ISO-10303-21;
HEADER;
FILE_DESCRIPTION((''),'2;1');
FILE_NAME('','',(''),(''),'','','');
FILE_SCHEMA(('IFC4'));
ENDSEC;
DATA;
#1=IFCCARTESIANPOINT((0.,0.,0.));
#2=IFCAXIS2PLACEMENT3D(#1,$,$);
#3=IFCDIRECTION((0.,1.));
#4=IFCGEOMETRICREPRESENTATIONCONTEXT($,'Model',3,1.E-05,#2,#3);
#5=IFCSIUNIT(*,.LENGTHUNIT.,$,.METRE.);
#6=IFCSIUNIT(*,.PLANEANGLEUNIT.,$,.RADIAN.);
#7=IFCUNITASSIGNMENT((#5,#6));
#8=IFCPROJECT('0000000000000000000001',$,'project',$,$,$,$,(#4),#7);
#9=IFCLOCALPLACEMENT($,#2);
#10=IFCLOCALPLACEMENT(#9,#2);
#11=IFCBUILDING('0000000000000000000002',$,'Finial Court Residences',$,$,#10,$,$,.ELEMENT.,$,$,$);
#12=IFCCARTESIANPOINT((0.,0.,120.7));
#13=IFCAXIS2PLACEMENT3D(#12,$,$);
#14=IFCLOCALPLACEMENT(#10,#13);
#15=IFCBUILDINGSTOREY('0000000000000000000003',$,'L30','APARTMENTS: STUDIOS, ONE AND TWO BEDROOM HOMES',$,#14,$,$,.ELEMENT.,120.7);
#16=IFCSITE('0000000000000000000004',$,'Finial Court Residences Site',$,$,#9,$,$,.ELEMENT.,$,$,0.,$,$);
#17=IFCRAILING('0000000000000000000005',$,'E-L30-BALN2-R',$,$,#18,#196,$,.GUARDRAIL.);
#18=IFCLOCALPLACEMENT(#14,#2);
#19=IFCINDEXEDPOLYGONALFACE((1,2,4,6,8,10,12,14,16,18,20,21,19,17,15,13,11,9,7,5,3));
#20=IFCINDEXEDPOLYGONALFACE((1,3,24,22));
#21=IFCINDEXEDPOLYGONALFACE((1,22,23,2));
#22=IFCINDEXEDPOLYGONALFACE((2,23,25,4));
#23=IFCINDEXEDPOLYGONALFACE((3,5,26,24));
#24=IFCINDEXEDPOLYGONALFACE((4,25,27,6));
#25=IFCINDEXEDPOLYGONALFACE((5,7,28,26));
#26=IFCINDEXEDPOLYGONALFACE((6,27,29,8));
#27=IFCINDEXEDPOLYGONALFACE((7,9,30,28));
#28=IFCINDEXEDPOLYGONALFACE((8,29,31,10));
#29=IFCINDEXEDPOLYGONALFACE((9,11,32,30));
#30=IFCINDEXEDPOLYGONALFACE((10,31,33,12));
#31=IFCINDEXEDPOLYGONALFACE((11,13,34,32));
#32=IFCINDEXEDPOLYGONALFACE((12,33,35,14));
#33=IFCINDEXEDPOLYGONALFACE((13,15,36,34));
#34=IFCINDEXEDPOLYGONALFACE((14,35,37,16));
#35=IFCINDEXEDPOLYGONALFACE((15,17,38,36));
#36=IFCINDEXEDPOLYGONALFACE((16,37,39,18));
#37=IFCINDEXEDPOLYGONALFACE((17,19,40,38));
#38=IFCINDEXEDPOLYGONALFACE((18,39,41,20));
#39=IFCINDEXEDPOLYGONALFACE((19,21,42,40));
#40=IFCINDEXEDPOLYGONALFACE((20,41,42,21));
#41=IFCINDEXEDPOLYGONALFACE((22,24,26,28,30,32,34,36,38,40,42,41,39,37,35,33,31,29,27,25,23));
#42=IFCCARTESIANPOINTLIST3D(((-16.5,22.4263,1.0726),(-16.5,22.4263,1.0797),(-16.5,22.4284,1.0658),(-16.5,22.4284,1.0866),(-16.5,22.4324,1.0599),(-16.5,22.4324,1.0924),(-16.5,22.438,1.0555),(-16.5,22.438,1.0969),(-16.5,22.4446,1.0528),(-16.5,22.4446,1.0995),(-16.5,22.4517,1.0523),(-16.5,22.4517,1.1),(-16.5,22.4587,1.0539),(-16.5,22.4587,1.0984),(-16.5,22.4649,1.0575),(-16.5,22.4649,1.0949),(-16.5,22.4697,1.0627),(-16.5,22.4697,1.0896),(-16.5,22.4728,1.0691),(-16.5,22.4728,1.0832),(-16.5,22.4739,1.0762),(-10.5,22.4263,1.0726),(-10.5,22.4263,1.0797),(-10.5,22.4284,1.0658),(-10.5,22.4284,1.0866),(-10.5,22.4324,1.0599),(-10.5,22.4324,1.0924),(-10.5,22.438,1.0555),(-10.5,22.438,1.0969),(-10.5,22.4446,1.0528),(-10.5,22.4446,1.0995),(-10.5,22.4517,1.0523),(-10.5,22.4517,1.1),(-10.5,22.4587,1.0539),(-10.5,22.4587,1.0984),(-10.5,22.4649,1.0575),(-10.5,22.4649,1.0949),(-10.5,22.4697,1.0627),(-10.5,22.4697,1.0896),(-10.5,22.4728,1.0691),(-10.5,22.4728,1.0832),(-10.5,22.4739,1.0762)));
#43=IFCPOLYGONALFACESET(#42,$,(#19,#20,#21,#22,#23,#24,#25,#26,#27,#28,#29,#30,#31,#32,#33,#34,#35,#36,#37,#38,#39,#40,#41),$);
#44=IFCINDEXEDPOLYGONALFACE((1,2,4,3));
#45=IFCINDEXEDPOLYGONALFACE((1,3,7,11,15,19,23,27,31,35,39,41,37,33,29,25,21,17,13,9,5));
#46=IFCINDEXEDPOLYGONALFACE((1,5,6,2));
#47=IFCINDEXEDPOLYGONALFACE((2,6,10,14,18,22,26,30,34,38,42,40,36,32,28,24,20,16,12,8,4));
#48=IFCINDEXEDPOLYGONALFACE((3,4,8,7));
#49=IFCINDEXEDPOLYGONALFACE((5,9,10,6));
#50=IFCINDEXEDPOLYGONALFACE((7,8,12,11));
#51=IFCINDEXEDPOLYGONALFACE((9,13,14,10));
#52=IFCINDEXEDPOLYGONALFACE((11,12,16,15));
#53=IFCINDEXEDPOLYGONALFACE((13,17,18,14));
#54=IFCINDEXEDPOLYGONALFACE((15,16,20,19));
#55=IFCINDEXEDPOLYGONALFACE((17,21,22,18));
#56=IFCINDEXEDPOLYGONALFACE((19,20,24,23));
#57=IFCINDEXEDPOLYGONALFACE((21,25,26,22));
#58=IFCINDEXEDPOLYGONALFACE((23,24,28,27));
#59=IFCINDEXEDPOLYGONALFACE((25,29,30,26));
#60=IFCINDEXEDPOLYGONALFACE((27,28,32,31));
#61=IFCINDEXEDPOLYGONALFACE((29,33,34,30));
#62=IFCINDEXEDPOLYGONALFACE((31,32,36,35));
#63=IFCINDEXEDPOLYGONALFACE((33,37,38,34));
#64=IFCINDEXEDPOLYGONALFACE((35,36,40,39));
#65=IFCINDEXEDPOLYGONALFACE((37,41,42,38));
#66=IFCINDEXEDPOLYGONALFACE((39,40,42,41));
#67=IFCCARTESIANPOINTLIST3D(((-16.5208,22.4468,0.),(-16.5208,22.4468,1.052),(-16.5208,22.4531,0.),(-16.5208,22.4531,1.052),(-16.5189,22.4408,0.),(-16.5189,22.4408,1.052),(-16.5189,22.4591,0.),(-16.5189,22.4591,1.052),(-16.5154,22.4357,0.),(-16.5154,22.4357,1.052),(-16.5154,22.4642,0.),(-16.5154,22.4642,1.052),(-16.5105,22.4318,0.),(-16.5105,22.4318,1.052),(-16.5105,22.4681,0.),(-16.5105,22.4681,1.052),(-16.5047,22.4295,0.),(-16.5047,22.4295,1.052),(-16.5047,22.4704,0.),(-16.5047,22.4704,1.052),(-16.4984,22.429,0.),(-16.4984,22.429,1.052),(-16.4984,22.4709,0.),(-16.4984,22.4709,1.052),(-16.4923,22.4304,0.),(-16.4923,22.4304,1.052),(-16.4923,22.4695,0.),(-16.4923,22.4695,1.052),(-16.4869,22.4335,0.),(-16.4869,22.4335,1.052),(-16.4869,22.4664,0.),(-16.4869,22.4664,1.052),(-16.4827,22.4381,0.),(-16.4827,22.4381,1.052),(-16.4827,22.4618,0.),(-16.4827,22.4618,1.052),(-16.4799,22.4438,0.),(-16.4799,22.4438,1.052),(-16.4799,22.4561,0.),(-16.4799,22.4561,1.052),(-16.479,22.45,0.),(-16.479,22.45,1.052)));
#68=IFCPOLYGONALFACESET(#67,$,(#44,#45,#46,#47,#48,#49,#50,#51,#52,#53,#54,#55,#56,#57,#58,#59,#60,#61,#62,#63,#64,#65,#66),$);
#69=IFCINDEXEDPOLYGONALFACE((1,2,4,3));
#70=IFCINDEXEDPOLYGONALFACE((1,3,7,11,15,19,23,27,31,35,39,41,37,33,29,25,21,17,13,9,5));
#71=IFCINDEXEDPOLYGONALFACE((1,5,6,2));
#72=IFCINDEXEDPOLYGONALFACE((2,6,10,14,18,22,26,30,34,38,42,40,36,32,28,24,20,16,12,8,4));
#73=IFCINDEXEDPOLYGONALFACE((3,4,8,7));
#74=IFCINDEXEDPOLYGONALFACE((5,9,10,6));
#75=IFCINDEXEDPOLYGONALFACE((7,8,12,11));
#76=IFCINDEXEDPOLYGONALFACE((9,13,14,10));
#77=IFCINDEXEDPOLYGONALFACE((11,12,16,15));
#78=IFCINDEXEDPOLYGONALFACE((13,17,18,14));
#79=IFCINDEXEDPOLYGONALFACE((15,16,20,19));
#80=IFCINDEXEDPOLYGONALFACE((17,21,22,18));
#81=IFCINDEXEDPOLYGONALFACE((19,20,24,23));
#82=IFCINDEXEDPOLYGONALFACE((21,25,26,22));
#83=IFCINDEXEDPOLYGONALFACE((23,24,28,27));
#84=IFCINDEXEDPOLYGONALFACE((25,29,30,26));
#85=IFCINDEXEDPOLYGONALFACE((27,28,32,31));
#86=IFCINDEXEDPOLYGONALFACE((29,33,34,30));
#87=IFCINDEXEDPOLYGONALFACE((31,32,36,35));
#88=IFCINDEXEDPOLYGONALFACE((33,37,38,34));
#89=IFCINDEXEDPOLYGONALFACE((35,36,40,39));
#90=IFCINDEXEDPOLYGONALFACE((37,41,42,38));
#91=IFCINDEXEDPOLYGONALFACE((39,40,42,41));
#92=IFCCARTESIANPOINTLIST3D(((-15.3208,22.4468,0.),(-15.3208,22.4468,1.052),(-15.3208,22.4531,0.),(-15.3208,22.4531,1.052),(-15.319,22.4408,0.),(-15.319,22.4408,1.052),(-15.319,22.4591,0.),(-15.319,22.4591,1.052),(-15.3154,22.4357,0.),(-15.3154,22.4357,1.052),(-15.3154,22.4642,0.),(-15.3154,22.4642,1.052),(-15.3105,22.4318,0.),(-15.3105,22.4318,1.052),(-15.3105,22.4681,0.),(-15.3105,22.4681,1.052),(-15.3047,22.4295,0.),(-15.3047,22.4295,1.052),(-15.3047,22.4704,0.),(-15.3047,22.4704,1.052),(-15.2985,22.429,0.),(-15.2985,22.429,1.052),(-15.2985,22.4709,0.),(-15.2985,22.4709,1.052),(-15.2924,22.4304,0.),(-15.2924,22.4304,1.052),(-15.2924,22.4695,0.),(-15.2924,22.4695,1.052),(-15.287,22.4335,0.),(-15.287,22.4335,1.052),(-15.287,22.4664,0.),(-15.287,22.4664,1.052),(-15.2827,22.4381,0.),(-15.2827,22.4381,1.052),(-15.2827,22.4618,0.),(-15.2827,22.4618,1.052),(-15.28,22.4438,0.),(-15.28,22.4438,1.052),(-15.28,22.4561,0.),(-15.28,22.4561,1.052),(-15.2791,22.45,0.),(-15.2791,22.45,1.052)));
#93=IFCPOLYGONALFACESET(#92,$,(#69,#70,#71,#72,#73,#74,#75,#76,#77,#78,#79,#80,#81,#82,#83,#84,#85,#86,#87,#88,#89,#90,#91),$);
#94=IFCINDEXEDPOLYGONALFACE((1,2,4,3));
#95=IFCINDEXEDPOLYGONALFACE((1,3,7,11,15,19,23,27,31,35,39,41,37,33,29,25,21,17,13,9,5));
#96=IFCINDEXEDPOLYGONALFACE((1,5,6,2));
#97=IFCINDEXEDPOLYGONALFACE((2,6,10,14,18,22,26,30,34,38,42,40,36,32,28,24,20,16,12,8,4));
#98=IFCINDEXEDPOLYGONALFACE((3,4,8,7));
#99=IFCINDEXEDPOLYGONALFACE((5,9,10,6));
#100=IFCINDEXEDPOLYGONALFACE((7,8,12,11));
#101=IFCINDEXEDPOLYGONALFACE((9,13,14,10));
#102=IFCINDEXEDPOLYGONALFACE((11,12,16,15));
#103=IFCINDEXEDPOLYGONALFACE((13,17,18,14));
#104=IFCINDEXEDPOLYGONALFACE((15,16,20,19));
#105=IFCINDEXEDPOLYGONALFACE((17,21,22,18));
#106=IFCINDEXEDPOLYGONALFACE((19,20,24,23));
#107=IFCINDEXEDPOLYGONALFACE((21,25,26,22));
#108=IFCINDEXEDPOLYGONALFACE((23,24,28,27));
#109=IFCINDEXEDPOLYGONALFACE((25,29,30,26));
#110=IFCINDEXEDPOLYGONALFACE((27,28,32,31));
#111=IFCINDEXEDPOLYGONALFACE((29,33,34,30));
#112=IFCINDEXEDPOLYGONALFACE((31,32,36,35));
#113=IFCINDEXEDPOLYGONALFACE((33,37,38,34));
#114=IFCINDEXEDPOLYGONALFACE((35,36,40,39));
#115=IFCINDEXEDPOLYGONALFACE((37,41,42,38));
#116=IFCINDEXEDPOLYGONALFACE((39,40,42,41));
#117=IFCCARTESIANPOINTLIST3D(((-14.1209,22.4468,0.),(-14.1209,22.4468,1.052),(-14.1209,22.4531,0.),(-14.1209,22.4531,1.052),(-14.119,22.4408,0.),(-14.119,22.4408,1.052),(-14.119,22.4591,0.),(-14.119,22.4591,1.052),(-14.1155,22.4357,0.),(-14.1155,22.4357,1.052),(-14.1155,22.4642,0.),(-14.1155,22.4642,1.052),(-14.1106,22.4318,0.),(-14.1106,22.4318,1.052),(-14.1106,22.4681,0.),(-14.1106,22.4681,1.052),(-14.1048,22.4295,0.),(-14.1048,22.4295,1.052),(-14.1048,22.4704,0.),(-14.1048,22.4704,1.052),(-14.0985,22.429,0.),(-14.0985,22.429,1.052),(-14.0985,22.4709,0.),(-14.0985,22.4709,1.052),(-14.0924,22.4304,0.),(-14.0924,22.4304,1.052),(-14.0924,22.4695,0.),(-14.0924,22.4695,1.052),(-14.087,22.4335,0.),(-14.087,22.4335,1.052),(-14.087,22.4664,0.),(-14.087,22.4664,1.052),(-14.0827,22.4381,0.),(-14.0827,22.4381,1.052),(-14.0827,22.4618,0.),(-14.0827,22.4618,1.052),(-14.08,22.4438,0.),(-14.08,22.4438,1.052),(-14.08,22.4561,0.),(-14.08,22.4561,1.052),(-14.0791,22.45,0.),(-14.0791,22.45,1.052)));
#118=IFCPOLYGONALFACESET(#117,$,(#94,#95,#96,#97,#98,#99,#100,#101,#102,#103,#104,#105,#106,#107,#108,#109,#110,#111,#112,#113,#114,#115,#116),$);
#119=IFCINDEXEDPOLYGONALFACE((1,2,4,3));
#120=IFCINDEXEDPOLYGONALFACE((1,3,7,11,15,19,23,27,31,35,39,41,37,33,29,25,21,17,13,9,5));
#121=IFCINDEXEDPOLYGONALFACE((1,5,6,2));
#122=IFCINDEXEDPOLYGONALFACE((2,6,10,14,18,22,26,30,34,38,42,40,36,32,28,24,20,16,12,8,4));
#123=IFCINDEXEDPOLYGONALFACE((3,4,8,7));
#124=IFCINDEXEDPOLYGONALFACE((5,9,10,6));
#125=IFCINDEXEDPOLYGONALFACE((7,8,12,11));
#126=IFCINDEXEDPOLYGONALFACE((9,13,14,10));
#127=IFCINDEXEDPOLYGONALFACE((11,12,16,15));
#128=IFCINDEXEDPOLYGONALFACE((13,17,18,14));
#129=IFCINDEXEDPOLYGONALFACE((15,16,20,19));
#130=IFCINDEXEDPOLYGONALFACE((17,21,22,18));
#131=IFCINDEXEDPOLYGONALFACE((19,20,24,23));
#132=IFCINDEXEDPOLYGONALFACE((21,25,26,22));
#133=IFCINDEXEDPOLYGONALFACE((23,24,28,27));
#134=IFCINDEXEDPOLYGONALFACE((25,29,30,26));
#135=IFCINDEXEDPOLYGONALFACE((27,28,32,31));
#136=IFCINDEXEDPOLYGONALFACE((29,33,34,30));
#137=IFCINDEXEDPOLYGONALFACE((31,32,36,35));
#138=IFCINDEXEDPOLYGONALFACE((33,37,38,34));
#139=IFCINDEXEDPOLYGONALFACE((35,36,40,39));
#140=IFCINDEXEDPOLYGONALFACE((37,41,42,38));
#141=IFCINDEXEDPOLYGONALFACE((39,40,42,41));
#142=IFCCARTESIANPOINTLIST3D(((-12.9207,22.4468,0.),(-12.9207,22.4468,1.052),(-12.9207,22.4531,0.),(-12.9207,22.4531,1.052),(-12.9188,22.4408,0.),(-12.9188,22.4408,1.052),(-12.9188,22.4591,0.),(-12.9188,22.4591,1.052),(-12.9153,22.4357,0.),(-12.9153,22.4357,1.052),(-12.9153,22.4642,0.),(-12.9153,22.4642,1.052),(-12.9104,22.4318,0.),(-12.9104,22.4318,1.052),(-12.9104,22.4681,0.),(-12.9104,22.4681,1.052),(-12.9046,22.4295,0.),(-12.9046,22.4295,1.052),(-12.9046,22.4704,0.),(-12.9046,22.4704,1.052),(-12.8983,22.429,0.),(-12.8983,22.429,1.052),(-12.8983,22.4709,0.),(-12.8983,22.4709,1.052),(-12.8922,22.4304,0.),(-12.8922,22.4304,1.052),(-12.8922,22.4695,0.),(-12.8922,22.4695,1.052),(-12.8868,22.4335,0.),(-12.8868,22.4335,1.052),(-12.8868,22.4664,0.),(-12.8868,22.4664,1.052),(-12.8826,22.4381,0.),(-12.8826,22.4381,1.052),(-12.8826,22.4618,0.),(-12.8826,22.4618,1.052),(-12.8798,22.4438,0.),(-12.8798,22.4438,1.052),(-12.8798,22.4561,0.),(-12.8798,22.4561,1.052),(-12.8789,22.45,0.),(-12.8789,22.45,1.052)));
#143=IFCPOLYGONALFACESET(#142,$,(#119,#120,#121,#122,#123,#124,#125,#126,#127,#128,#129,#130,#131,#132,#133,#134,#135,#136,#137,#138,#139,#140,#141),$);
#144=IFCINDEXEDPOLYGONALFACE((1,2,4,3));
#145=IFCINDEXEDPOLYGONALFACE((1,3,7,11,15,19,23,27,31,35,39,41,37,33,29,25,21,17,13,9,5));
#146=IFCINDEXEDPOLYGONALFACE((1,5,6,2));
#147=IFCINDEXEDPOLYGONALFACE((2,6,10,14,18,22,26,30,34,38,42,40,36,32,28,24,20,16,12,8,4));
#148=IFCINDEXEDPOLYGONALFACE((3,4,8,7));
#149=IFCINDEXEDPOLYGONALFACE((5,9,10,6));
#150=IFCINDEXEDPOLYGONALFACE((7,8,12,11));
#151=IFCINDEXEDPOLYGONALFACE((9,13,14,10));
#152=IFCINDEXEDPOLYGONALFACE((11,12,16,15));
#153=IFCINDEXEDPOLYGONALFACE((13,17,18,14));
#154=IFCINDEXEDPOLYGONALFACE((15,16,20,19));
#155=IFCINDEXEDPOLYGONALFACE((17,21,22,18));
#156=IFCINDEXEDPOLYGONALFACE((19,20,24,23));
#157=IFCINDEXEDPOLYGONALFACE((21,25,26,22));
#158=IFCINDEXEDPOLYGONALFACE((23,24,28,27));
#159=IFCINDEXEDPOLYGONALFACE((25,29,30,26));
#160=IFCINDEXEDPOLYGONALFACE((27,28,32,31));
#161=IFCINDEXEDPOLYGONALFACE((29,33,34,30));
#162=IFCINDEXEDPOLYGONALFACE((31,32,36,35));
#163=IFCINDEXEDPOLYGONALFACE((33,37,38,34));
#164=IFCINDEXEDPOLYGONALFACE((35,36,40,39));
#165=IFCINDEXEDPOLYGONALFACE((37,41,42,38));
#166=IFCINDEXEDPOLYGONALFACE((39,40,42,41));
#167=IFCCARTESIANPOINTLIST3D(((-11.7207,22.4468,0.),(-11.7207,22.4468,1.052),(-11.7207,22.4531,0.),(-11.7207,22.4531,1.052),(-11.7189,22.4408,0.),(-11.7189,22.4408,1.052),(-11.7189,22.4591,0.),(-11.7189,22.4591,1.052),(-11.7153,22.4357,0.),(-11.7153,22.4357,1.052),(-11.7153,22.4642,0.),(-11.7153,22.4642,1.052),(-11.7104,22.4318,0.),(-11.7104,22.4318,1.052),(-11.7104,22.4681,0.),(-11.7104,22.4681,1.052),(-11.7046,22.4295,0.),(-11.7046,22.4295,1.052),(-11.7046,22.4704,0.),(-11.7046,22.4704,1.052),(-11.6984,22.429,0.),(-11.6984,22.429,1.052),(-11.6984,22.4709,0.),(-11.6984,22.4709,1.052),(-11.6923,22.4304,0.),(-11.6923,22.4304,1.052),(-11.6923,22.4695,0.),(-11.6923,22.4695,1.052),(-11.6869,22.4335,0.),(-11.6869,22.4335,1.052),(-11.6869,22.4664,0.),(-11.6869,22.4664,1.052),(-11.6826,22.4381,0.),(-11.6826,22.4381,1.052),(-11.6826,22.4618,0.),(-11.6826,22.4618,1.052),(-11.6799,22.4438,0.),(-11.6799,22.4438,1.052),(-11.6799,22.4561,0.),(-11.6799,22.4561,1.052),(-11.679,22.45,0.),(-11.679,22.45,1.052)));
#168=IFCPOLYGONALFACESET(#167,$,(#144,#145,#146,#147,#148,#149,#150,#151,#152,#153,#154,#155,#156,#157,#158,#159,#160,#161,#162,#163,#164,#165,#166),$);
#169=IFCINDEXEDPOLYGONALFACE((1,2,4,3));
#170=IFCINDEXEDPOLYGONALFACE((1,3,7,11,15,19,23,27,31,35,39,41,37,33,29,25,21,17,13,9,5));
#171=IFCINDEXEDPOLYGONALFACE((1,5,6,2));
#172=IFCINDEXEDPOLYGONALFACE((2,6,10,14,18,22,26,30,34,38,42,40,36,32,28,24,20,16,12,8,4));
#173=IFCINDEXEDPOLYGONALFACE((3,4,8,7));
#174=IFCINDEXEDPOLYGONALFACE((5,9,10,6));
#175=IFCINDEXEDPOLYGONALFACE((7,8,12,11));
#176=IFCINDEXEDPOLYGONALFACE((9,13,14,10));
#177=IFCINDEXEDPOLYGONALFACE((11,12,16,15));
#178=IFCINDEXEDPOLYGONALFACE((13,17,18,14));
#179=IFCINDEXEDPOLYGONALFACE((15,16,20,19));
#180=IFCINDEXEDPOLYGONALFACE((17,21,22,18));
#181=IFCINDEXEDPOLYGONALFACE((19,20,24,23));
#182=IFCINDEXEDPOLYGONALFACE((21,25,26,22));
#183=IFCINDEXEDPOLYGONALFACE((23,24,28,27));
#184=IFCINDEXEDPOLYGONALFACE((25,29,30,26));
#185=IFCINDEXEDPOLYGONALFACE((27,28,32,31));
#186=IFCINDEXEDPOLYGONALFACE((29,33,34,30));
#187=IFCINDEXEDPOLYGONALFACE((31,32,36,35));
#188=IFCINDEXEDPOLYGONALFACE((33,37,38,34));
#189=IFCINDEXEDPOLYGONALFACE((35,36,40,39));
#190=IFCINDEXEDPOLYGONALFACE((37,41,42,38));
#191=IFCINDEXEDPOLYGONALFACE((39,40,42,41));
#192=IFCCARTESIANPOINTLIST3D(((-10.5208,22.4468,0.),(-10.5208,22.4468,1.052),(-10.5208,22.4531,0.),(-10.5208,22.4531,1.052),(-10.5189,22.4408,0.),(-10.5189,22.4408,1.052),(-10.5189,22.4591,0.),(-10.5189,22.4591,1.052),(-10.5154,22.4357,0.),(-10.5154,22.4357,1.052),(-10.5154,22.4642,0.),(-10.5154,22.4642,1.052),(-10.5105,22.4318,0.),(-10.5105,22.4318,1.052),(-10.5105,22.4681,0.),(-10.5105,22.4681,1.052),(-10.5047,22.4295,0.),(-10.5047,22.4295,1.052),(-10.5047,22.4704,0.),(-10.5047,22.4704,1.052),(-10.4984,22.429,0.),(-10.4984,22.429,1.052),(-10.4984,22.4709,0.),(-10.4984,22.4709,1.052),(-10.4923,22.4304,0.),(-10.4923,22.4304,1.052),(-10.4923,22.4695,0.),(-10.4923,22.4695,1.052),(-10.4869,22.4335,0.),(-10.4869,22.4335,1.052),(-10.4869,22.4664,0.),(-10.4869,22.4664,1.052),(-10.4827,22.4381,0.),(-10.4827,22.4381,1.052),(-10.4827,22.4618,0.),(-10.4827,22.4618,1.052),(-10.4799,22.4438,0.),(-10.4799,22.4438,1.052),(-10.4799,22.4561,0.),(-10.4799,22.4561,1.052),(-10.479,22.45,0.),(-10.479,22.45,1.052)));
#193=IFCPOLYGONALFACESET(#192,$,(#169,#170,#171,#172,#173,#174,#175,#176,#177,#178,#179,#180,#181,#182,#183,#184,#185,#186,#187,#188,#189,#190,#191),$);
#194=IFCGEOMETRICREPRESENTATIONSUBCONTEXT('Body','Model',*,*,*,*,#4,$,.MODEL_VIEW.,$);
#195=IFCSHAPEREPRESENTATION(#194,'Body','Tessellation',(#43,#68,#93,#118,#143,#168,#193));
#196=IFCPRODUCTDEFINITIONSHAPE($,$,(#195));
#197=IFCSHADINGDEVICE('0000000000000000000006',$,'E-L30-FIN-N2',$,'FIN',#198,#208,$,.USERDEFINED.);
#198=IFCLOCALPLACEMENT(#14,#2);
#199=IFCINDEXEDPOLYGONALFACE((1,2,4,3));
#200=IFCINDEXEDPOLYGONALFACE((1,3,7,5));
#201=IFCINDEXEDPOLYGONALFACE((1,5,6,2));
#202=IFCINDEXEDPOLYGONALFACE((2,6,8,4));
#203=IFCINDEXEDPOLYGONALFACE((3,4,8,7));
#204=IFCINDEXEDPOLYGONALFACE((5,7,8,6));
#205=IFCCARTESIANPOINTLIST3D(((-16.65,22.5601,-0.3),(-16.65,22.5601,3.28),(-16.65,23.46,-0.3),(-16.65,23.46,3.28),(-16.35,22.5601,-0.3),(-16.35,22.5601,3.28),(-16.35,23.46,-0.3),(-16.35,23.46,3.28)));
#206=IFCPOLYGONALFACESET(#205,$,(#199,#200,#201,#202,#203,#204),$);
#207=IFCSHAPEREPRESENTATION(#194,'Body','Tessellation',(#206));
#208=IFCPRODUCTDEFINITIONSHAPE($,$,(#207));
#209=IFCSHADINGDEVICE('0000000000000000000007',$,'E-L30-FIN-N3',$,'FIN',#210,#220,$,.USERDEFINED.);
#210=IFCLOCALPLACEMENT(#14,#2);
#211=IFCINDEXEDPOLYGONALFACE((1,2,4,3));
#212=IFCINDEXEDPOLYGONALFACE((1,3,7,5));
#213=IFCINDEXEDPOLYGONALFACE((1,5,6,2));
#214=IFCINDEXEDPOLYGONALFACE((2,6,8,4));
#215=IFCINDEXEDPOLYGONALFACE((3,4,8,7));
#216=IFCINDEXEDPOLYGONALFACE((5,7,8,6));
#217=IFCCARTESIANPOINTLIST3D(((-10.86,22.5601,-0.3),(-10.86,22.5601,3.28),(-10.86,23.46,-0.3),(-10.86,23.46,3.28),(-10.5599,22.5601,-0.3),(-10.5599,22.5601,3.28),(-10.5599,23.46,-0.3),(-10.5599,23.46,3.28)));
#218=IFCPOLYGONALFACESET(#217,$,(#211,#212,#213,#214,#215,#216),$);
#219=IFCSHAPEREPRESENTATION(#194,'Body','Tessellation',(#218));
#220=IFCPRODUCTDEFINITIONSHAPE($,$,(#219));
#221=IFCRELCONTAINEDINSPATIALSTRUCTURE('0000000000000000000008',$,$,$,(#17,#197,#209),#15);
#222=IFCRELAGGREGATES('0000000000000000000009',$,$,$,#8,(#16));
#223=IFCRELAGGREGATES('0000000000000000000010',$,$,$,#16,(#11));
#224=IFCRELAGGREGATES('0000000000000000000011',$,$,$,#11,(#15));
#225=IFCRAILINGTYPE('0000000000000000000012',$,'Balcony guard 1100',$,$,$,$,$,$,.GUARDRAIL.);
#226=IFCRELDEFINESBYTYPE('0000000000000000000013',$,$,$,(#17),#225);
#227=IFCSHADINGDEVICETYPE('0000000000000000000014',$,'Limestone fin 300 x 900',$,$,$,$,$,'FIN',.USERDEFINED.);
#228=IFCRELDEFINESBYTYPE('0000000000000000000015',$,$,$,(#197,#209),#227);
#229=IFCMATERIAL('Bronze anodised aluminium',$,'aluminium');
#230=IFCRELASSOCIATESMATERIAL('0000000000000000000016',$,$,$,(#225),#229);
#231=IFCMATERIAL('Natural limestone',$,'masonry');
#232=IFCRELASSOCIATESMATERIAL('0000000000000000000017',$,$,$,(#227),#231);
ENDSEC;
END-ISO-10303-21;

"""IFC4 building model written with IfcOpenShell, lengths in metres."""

from ifc_helpers import new_model, si_unit, direction, frame, origin, origin_2d, place, context, subcontext, project, spatial, rectangle, circle, extrude, material, type_object, element, save


model = new_model("IFC4")

# Units and contexts
model_context = context("Model", 3, precision=1e-05, world=origin(), true_north=direction((0.0, 1.0)))
body_context = subcontext(model_context, "Body", "Model", "MODEL_VIEW")
ifc_project = project(units=[si_unit("LENGTHUNIT", "METRE"), si_unit("PLANEANGLEUNIT", "RADIAN")], contexts=[model_context])

# Site, building, storey
site_placement = place(None, origin())
site = spatial("IfcSite", under=ifc_project, at=site_placement, Name="Finial Court Residences Site", CompositionType="ELEMENT", RefElevation=0.0)
building_placement = place(site_placement, origin())
building = spatial("IfcBuilding", under=site, at=building_placement, Name="Finial Court Residences", CompositionType="ELEMENT")
storey_placement = place(building_placement, frame((0.0, 0.0, 120.7)))
storey = spatial("IfcBuildingStorey", under=building, at=storey_placement, Name="L30", Description="APARTMENTS: STUDIOS, ONE AND TWO BEDROOM HOMES", CompositionType="ELEMENT", Elevation=120.7)

# Shared definitions
ifc_material_1 = material(Name="Bronze anodised aluminium", Category="aluminium")

# Shared definitions
ifc_material_2 = material(Name="Natural limestone", Category="masonry")

# Railing
railing_type = type_object("IfcRailingType", Name="Balcony guard 1100", PredefinedType="GUARDRAIL", material=ifc_material_1)
railing_placement = place(storey_placement, frame((-16.5, 22.45, 0.0)))
element("IfcRailing", 1, at=railing_placement, inside=storey, type_object=railing_type, Name="E-L30-BALN2-R", PredefinedType="GUARDRAIL", context=body_context, shape_type="SweptSolid", body=[
    extrude(circle(Radius=0.0239, at=origin_2d()), frame((0.0, 0.0, 1.0762), z_axis=(1.0, 0.0, 0.0), x_axis=(0.0, 1.0, 0.0)), (0.0, 0.0, 1.0), 6.0),
    extrude(circle(Radius=0.021, at=origin_2d()), origin(), (0.0, 0.0, 1.0), 1.052),
    extrude(circle(Radius=0.021, at=origin_2d()), frame((1.2, 0.0, 0.0)), (0.0, 0.0, 1.0), 1.052),
    extrude(circle(Radius=0.021, at=origin_2d()), frame((2.3999, 0.0, 0.0)), (0.0, 0.0, 1.0), 1.052),
    extrude(circle(Radius=0.021, at=origin_2d()), frame((3.6001, 0.0, 0.0)), (0.0, 0.0, 1.0), 1.052),
    extrude(circle(Radius=0.021, at=origin_2d()), frame((4.8, 0.0, 0.0)), (0.0, 0.0, 1.0), 1.052),
    extrude(circle(Radius=0.021, at=origin_2d()), frame((6.0, 0.0, 0.0)), (0.0, 0.0, 1.0), 1.052),
])

# Shading devices
shading_device_type = type_object("IfcShadingDeviceType", Name="Limestone fin 300 x 900", ElementType="FIN", PredefinedType="USERDEFINED", material=ifc_material_2)
for number, where, z_axis, x_axis, name in (
    (2, (-16.5, 23.01, -0.3), (0.0, 0.0, 1.0), (1.0, 0.0, 0.0), "E-L30-FIN-N2"),
    (3, (-10.71, 23.01, -0.3), (0.0, 0.0, 1.0), (1.0, 0.0, 0.0), "E-L30-FIN-N3"),
):
    element("IfcShadingDevice", number, at=place(storey_placement, frame(where, z_axis=z_axis, x_axis=x_axis)), inside=storey, type_object=shading_device_type, Name=name, ObjectType="FIN", PredefinedType="USERDEFINED", context=body_context, shape_type="SweptSolid", body=[
        extrude(rectangle(XDim=0.3, YDim=0.8999, at=origin_2d()), origin(), (0.0, 0.0, 1.0), 3.5801),
    ])

save(model, "model.ifc")
